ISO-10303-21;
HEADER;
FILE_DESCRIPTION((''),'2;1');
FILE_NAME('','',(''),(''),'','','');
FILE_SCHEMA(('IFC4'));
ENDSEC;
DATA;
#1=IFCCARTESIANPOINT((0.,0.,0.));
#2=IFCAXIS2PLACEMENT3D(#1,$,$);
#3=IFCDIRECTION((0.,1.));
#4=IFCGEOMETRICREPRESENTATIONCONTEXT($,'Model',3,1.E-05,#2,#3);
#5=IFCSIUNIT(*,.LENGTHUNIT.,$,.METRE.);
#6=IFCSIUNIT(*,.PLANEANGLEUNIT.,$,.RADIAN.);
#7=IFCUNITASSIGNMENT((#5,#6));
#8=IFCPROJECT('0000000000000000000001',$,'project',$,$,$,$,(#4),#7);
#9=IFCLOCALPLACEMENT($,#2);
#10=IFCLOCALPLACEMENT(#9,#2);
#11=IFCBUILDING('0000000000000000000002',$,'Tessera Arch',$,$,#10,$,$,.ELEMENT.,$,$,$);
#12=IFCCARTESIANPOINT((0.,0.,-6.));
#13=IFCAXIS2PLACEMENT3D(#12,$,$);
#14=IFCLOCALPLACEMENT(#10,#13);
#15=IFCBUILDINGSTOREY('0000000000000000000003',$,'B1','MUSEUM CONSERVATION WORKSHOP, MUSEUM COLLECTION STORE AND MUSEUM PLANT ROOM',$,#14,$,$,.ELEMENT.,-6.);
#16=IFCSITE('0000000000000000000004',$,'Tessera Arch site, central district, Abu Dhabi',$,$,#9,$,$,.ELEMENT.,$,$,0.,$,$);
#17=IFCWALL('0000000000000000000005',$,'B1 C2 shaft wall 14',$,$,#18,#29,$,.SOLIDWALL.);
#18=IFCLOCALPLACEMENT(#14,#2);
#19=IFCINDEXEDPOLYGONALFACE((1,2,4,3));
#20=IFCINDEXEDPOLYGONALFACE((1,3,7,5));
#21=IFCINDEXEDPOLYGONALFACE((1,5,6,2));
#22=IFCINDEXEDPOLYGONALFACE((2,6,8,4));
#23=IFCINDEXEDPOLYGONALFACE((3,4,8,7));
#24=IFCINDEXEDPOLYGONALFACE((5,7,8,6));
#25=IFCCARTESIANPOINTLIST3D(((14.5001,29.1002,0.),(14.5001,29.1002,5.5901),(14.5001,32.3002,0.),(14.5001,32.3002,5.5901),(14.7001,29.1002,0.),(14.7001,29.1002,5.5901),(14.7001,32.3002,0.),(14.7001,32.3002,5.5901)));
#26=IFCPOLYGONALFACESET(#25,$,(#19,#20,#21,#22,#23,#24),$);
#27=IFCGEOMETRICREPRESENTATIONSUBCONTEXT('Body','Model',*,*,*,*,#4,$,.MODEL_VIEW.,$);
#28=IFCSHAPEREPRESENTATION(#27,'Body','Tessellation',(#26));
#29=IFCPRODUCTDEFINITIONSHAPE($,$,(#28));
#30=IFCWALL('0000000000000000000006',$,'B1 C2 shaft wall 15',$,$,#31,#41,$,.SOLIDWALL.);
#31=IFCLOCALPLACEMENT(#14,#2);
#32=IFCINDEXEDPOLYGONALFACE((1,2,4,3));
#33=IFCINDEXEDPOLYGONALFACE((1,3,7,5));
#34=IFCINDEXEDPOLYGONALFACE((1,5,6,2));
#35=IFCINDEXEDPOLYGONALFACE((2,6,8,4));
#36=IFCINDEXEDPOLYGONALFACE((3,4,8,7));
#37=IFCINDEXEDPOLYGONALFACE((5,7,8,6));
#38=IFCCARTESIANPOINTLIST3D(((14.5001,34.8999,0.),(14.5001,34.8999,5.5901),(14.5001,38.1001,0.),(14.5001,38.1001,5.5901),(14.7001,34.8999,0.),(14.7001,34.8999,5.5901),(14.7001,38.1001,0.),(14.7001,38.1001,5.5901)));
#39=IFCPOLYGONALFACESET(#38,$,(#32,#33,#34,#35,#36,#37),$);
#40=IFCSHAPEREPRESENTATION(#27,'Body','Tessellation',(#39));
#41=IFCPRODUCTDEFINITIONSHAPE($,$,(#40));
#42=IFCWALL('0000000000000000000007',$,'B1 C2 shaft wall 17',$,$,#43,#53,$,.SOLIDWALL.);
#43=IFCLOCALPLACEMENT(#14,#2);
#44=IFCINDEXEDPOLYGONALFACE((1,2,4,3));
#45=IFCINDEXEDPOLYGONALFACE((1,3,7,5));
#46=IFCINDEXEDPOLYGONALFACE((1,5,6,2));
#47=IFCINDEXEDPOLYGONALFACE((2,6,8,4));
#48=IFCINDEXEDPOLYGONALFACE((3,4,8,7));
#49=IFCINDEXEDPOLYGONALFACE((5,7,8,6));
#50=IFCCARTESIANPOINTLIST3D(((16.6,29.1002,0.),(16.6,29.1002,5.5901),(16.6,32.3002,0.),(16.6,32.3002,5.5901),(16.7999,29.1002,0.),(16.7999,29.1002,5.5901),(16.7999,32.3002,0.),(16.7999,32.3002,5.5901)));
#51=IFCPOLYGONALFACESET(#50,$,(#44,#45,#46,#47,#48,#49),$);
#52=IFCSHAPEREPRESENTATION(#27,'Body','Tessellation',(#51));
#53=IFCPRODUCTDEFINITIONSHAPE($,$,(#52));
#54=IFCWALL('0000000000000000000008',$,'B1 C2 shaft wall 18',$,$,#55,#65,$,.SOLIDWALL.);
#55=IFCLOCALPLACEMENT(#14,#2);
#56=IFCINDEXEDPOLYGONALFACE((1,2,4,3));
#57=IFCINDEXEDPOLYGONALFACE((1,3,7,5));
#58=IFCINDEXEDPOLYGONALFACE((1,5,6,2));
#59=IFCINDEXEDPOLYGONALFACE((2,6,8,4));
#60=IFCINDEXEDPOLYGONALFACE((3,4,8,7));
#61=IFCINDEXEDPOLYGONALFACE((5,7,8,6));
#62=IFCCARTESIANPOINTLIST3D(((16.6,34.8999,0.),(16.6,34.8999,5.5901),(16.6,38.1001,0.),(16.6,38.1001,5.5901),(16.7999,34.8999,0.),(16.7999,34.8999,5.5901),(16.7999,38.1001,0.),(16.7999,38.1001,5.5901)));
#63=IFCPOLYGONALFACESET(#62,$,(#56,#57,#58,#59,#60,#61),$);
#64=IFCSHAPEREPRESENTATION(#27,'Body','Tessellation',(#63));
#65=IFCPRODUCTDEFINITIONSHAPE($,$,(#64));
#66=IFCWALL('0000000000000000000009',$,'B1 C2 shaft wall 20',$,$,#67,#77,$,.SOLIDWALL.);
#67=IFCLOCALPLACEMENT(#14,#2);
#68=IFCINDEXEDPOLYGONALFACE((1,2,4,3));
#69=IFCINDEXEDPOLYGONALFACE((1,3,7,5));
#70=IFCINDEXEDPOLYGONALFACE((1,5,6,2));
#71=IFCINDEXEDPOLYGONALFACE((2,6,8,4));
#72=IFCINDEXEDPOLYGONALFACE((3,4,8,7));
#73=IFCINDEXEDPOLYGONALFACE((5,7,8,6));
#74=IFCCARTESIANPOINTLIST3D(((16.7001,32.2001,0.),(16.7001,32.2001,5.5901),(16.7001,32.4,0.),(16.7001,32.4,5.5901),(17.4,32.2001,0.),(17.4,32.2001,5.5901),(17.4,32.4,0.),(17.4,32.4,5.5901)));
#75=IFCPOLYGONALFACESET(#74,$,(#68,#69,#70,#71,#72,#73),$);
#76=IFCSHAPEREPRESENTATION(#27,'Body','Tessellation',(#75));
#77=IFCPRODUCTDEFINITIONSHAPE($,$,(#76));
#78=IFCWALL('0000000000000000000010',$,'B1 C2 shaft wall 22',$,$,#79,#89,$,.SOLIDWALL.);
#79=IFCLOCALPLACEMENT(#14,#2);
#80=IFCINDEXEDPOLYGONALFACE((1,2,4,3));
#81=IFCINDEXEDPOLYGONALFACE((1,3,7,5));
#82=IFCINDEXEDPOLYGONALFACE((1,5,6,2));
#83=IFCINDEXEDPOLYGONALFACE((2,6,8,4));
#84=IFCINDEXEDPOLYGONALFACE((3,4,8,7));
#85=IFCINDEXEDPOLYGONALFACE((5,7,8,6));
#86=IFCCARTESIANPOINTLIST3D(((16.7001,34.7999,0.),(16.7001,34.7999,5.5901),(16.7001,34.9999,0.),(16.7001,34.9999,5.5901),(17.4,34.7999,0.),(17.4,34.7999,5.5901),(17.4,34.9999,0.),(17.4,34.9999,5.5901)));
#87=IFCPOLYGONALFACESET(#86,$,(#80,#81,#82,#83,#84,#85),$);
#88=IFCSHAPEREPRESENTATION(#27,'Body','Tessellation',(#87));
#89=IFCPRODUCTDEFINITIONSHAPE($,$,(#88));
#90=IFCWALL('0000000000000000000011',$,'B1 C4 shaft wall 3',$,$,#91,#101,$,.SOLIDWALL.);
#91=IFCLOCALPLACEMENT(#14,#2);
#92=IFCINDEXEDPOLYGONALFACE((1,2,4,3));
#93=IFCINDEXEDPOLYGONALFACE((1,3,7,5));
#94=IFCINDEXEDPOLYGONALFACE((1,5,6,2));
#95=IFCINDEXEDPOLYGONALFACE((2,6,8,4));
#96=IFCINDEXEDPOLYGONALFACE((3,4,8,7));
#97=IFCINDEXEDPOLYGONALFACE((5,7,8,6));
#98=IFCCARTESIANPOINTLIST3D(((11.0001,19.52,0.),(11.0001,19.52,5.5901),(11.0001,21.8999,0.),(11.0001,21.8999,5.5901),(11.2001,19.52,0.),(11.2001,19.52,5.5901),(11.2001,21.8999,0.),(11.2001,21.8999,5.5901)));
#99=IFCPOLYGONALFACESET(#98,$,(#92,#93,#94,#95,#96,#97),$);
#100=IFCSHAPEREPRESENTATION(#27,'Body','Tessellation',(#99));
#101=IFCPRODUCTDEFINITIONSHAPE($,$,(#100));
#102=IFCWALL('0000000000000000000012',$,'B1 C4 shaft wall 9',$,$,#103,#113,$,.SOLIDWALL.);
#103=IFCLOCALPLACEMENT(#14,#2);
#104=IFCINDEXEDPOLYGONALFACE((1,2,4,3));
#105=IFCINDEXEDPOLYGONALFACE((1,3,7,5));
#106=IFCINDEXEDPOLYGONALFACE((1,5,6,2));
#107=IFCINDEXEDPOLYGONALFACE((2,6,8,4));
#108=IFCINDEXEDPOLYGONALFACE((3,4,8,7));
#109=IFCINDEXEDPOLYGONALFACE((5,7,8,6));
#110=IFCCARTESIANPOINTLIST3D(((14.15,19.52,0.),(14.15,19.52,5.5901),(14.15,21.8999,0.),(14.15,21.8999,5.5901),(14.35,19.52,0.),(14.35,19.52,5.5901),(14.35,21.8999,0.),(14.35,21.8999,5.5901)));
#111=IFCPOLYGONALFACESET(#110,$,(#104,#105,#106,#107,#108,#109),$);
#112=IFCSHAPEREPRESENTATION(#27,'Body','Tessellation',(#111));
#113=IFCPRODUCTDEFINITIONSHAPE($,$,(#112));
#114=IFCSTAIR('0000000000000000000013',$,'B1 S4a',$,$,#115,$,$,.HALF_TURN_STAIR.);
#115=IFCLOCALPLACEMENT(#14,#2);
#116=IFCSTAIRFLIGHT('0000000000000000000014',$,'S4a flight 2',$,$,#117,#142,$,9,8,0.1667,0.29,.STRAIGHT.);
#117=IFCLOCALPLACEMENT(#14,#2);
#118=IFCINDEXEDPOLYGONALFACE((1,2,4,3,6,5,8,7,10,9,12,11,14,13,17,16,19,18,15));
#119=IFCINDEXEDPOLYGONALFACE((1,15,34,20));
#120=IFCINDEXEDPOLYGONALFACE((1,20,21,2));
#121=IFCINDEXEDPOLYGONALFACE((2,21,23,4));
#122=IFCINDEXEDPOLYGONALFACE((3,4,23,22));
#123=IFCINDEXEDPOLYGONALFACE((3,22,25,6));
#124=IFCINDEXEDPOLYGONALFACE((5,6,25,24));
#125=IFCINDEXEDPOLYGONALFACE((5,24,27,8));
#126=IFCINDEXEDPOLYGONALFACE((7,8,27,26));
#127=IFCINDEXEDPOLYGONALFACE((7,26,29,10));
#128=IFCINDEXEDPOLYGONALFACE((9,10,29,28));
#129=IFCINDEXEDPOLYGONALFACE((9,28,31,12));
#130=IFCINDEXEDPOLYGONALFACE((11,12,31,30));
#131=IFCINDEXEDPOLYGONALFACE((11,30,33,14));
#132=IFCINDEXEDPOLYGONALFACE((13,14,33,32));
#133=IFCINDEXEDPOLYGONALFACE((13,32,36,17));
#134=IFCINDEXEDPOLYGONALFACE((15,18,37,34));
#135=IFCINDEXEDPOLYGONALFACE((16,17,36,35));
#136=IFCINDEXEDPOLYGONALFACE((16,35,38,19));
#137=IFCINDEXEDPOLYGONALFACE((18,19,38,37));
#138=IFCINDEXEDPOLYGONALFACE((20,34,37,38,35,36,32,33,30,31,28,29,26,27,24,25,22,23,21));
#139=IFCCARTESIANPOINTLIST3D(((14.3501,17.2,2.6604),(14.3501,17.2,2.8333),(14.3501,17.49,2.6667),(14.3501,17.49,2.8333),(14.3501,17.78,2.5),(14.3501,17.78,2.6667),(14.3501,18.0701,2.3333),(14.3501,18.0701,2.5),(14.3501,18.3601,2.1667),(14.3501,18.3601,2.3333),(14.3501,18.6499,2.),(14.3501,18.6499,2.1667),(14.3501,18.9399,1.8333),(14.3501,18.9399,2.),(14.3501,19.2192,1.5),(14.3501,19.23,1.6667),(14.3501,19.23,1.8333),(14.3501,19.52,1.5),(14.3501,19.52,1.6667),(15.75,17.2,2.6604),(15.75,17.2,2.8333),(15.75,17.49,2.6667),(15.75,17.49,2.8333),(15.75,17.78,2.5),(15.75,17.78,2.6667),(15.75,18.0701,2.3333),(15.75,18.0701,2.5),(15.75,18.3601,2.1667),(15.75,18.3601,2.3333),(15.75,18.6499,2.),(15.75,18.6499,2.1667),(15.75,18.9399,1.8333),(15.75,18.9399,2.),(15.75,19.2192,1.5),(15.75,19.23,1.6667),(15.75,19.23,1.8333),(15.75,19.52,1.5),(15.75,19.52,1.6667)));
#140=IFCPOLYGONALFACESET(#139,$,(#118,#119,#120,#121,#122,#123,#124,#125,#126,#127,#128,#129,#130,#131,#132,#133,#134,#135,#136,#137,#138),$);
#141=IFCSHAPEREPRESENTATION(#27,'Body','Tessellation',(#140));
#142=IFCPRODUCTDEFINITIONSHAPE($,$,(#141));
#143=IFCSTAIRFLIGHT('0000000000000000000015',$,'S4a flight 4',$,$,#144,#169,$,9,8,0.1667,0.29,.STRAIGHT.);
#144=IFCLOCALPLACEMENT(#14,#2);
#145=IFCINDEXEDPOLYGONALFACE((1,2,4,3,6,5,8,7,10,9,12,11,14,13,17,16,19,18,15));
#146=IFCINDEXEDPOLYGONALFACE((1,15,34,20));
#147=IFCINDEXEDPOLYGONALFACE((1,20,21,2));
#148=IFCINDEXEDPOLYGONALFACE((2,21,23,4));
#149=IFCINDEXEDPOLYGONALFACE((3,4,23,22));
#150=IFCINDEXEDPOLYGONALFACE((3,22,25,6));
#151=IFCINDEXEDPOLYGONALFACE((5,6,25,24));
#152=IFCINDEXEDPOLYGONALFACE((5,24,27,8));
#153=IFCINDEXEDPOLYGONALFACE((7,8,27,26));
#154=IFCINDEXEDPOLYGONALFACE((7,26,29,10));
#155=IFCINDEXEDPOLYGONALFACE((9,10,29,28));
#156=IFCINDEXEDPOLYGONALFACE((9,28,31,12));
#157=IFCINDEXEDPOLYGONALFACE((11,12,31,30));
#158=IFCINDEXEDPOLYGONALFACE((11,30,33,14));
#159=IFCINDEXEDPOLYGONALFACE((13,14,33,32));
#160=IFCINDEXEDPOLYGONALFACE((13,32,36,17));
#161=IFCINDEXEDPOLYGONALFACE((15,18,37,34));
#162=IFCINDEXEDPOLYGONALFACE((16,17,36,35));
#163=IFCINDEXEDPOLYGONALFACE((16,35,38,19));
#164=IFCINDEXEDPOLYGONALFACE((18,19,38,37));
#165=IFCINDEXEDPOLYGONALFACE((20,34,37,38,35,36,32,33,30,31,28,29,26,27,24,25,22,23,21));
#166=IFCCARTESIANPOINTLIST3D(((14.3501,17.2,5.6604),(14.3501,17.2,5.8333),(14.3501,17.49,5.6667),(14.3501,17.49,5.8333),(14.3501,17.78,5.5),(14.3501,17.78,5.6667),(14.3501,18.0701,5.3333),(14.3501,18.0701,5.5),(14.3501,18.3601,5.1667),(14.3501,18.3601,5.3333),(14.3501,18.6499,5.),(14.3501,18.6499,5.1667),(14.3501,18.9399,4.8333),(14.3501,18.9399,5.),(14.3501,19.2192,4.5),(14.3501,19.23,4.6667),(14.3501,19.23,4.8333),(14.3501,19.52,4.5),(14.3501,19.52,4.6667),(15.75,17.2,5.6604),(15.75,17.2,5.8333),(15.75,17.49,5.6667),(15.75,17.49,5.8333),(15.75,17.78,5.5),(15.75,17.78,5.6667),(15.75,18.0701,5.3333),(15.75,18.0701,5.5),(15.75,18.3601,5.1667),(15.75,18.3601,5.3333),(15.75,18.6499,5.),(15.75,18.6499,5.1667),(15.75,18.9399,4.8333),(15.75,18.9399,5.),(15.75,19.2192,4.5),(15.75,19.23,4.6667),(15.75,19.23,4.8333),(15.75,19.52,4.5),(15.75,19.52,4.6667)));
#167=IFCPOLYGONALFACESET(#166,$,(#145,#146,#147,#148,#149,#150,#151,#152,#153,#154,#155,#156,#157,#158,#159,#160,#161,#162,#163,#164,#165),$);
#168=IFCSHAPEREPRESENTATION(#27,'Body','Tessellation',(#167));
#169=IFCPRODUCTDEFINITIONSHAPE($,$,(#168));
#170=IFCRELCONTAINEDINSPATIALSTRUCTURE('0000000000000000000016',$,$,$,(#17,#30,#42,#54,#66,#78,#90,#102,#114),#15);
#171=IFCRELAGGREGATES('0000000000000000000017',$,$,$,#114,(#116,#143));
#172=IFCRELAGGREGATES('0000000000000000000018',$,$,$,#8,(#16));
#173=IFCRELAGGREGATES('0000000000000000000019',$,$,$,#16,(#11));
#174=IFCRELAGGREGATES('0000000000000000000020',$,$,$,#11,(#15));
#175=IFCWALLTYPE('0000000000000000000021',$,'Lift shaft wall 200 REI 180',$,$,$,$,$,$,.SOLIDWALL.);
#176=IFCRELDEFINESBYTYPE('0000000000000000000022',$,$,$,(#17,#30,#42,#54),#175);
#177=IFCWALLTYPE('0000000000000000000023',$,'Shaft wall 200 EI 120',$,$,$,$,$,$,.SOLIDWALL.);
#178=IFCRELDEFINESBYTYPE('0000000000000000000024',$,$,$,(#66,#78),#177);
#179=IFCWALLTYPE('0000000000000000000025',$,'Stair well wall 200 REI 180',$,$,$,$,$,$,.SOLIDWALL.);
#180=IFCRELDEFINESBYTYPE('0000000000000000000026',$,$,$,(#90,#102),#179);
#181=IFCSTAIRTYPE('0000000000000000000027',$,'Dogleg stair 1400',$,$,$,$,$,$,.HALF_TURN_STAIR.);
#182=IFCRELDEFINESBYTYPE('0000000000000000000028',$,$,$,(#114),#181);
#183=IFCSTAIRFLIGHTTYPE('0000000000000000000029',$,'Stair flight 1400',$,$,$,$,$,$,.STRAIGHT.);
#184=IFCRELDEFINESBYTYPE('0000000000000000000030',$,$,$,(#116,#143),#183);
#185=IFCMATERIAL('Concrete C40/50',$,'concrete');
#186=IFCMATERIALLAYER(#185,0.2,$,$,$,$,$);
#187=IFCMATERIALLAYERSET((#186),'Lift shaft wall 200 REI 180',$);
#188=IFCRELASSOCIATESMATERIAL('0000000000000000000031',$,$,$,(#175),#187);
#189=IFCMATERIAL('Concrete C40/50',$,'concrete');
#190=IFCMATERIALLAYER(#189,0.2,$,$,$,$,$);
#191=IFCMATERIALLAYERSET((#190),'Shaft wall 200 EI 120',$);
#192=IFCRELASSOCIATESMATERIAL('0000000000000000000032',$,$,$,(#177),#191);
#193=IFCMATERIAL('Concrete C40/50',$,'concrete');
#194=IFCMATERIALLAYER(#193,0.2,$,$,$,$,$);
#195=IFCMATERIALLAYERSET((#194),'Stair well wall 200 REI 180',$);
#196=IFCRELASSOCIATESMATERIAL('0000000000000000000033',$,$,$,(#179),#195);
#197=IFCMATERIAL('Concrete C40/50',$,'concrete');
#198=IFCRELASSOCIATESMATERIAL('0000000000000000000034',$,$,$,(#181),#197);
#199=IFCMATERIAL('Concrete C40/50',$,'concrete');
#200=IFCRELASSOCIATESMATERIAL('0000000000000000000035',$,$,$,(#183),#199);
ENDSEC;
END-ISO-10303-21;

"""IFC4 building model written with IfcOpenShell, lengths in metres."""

from ifc_helpers import new_model, si_unit, direction, frame, frame_2d, origin, place, context, subcontext, project, spatial, polyline, rectangle, outline, extrude, material, layer, layer_set, type_object, element, aggregate, save


model = new_model("IFC4")

# Units and contexts
model_context = context("Model", 3, precision=1e-05, world=origin(), true_north=direction((0.0, 1.0)))
body_context = subcontext(model_context, "Body", "Model", "MODEL_VIEW")
ifc_project = project(units=[si_unit("LENGTHUNIT", "METRE"), si_unit("PLANEANGLEUNIT", "RADIAN")], contexts=[model_context])

# Site, building, storey
site_placement = place(None, origin())
site = spatial("IfcSite", under=ifc_project, at=site_placement, Name="Tessera Arch site, central district, Abu Dhabi", CompositionType="ELEMENT", RefElevation=0.0)
building_placement = place(site_placement, origin())
building = spatial("IfcBuilding", under=site, at=building_placement, Name="Tessera Arch", CompositionType="ELEMENT")
storey_placement = place(building_placement, frame((0.0, 0.0, -6.0)))
storey = spatial("IfcBuildingStorey", under=building, at=storey_placement, Name="B1", Description="MUSEUM CONSERVATION WORKSHOP, MUSEUM COLLECTION STORE AND MUSEUM PLANT ROOM", CompositionType="ELEMENT", Elevation=-6.0)

# Walls
ifc_material_1 = material(Name="Concrete C40/50", Category="concrete")
ifc_layer_1 = layer(ifc_material_1, 0.2)
ifc_layer_set_1 = layer_set([ifc_layer_1], Name="Lift shaft wall 200 REI 180")
wall_type_1 = type_object("IfcWallType", Name="Lift shaft wall 200 REI 180", PredefinedType="SOLIDWALL", material=ifc_layer_set_1)
wall_1_placement = place(storey_placement, frame((14.6001, 29.1001, 0.0), z_axis=(0.0, 0.0, 1.0), x_axis=(0.0, 1.0, 0.0)))
element("IfcWall", 1, at=wall_1_placement, inside=storey, type_object=wall_type_1, Name="B1 C2 shaft wall 14", PredefinedType="SOLIDWALL", context=body_context, shape_type="SweptSolid", body=[
    extrude(rectangle(XDim=3.2, YDim=0.2, at=frame_2d((1.6001, 0.0))), origin(), (0.0, 0.0, 1.0), 5.5901),
])
wall_2_placement = place(storey_placement, frame((14.6001, 34.8999, 0.0), z_axis=(0.0, 0.0, 1.0), x_axis=(0.0, 1.0, 0.0)))
element("IfcWall", 2, at=wall_2_placement, inside=storey, type_object=wall_type_1, Name="B1 C2 shaft wall 15", PredefinedType="SOLIDWALL", context=body_context, shape_type="SweptSolid", body=[
    extrude(rectangle(XDim=3.2002, YDim=0.2, at=frame_2d((1.6001, 0.0))), origin(), (0.0, 0.0, 1.0), 5.5901),
])
wall_3_placement = place(storey_placement, frame((16.7, 29.1001, 0.0), z_axis=(0.0, 0.0, 1.0), x_axis=(0.0, 1.0, 0.0)))
element("IfcWall", 3, at=wall_3_placement, inside=storey, type_object=wall_type_1, Name="B1 C2 shaft wall 17", PredefinedType="SOLIDWALL", context=body_context, shape_type="SweptSolid", body=[
    extrude(rectangle(XDim=3.2, YDim=0.2, at=frame_2d((1.6001, 0.0))), origin(), (0.0, 0.0, 1.0), 5.5901),
])
wall_4_placement = place(storey_placement, frame((16.7, 34.8999, 0.0), z_axis=(0.0, 0.0, 1.0), x_axis=(0.0, 1.0, 0.0)))
element("IfcWall", 4, at=wall_4_placement, inside=storey, type_object=wall_type_1, Name="B1 C2 shaft wall 18", PredefinedType="SOLIDWALL", context=body_context, shape_type="SweptSolid", body=[
    extrude(rectangle(XDim=3.2002, YDim=0.2, at=frame_2d((1.6001, 0.0))), origin(), (0.0, 0.0, 1.0), 5.5901),
])
ifc_material_2 = material(Name="Concrete C40/50", Category="concrete")
ifc_layer_2 = layer(ifc_material_2, 0.2)
ifc_layer_set_2 = layer_set([ifc_layer_2], Name="Shaft wall 200 EI 120")
wall_type_2 = type_object("IfcWallType", Name="Shaft wall 200 EI 120", PredefinedType="SOLIDWALL", material=ifc_layer_set_2)
for number, where, z_axis, x_axis, name in (
    (5, (16.7, 32.3, 0.0), (0.0, 0.0, 1.0), (1.0, 0.0, 0.0), "B1 C2 shaft wall 20"),
    (6, (16.7, 34.8999, 0.0), (0.0, 0.0, 1.0), (1.0, 0.0, 0.0), "B1 C2 shaft wall 22"),
):
    element("IfcWall", number, at=place(storey_placement, frame(where, z_axis=z_axis, x_axis=x_axis)), inside=storey, type_object=wall_type_2, Name=name, PredefinedType="SOLIDWALL", context=body_context, shape_type="SweptSolid", body=[
        extrude(rectangle(XDim=0.7, YDim=0.2, at=frame_2d((0.3501, 0.0))), origin(), (0.0, 0.0, 1.0), 5.5901),
    ])
ifc_material_3 = material(Name="Concrete C40/50", Category="concrete")
ifc_layer_3 = layer(ifc_material_3, 0.2)
ifc_layer_set_3 = layer_set([ifc_layer_3], Name="Stair well wall 200 REI 180")
wall_type_3 = type_object("IfcWallType", Name="Stair well wall 200 REI 180", PredefinedType="SOLIDWALL", material=ifc_layer_set_3)
for number, where, z_axis, x_axis, name in (
    (7, (11.1001, 19.52, 0.0), (0.0, 0.0, 1.0), (0.0, 1.0, 0.0), "B1 C4 shaft wall 3"),
    (8, (14.25, 19.52, 0.0), (0.0, 0.0, 1.0), (0.0, 1.0, 0.0), "B1 C4 shaft wall 9"),
):
    element("IfcWall", number, at=place(storey_placement, frame(where, z_axis=z_axis, x_axis=x_axis)), inside=storey, type_object=wall_type_3, Name=name, PredefinedType="SOLIDWALL", context=body_context, shape_type="SweptSolid", body=[
        extrude(rectangle(XDim=2.3799, YDim=0.2, at=frame_2d((1.1899, 0.0))), origin(), (0.0, 0.0, 1.0), 5.5901),
    ])

# Stair, stair flights
ifc_material_4 = material(Name="Concrete C40/50", Category="concrete")
stair_type = type_object("IfcStairType", Name="Dogleg stair 1400", PredefinedType="HALF_TURN_STAIR", material=ifc_material_4)
stair_1_placement = place(storey_placement, origin())
stair_1 = element("IfcStair", 9, at=stair_1_placement, inside=storey, type_object=stair_type, Name="B1 S4a", PredefinedType="HALF_TURN_STAIR")
ifc_material_5 = material(Name="Concrete C40/50", Category="concrete")
stair_flight_type = type_object("IfcStairFlightType", Name="Stair flight 1400", PredefinedType="STRAIGHT", material=ifc_material_5)
stair_flight_1_placement = place(storey_placement, frame((15.05, 19.52, 1.5), z_axis=(0.0, 0.0, 1.0), x_axis=(0.0, -1.0, 0.0)))
stair_flight_1 = element("IfcStairFlight", 10, at=stair_flight_1_placement, type_object=stair_flight_type, Name="S4a flight 2", NumberOfRisers=9, NumberOfTreads=8, PredefinedType="STRAIGHT", RiserHeight=0.1667, TreadLength=0.29, context=body_context, shape_type="SweptSolid", body=[
    extrude(outline(polyline([(0.0, 0.0), (0.0, 0.1667), (0.29, 0.1667), (0.29, 0.3333), (0.5801, 0.3333), (0.5801, 0.5), (0.8701, 0.5), (0.8701, 0.6667), (1.1599, 0.6667), (1.1599, 0.8333), (1.45, 0.8333), (1.45, 1.0), (1.74, 1.0), (1.74, 1.1667), (2.03, 1.1667), (2.03, 1.3333), (2.3201, 1.3333), (2.3201, 1.5), (2.3201, 1.1604), (0.3008, 0.0), (0.0, 0.0)])), frame((0.0, 0.7, 0.0), z_axis=(0.0, -1.0, 0.0), x_axis=(1.0, 0.0, 0.0)), (0.0, 0.0, 1.0), 1.3999),
])
stair_flight_2_placement = place(storey_placement, frame((15.05, 19.52, 4.5), z_axis=(0.0, 0.0, 1.0), x_axis=(0.0, -1.0, 0.0)))
stair_flight_2 = element("IfcStairFlight", 11, at=stair_flight_2_placement, type_object=stair_flight_type, Name="S4a flight 4", NumberOfRisers=9, NumberOfTreads=8, PredefinedType="STRAIGHT", RiserHeight=0.1667, TreadLength=0.29, context=body_context, shape_type="SweptSolid", body=[
    extrude(outline(polyline([(0.0, 0.0), (0.0, 0.1667), (0.29, 0.1667), (0.29, 0.3333), (0.5801, 0.3333), (0.5801, 0.5), (0.8701, 0.5), (0.8701, 0.6667), (1.1599, 0.6667), (1.1599, 0.8333), (1.45, 0.8333), (1.45, 1.0), (1.74, 1.0), (1.74, 1.1667), (2.03, 1.1667), (2.03, 1.3333), (2.3201, 1.3333), (2.3201, 1.5), (2.3201, 1.1604), (0.3008, 0.0), (0.0, 0.0)])), frame((0.0, 0.7, 0.0), z_axis=(0.0, -1.0, 0.0), x_axis=(1.0, 0.0, 0.0)), (0.0, 0.0, 1.0), 1.3999),
])
aggregate(stair_1, [stair_flight_1, stair_flight_2])

save(model, "model.ifc")
